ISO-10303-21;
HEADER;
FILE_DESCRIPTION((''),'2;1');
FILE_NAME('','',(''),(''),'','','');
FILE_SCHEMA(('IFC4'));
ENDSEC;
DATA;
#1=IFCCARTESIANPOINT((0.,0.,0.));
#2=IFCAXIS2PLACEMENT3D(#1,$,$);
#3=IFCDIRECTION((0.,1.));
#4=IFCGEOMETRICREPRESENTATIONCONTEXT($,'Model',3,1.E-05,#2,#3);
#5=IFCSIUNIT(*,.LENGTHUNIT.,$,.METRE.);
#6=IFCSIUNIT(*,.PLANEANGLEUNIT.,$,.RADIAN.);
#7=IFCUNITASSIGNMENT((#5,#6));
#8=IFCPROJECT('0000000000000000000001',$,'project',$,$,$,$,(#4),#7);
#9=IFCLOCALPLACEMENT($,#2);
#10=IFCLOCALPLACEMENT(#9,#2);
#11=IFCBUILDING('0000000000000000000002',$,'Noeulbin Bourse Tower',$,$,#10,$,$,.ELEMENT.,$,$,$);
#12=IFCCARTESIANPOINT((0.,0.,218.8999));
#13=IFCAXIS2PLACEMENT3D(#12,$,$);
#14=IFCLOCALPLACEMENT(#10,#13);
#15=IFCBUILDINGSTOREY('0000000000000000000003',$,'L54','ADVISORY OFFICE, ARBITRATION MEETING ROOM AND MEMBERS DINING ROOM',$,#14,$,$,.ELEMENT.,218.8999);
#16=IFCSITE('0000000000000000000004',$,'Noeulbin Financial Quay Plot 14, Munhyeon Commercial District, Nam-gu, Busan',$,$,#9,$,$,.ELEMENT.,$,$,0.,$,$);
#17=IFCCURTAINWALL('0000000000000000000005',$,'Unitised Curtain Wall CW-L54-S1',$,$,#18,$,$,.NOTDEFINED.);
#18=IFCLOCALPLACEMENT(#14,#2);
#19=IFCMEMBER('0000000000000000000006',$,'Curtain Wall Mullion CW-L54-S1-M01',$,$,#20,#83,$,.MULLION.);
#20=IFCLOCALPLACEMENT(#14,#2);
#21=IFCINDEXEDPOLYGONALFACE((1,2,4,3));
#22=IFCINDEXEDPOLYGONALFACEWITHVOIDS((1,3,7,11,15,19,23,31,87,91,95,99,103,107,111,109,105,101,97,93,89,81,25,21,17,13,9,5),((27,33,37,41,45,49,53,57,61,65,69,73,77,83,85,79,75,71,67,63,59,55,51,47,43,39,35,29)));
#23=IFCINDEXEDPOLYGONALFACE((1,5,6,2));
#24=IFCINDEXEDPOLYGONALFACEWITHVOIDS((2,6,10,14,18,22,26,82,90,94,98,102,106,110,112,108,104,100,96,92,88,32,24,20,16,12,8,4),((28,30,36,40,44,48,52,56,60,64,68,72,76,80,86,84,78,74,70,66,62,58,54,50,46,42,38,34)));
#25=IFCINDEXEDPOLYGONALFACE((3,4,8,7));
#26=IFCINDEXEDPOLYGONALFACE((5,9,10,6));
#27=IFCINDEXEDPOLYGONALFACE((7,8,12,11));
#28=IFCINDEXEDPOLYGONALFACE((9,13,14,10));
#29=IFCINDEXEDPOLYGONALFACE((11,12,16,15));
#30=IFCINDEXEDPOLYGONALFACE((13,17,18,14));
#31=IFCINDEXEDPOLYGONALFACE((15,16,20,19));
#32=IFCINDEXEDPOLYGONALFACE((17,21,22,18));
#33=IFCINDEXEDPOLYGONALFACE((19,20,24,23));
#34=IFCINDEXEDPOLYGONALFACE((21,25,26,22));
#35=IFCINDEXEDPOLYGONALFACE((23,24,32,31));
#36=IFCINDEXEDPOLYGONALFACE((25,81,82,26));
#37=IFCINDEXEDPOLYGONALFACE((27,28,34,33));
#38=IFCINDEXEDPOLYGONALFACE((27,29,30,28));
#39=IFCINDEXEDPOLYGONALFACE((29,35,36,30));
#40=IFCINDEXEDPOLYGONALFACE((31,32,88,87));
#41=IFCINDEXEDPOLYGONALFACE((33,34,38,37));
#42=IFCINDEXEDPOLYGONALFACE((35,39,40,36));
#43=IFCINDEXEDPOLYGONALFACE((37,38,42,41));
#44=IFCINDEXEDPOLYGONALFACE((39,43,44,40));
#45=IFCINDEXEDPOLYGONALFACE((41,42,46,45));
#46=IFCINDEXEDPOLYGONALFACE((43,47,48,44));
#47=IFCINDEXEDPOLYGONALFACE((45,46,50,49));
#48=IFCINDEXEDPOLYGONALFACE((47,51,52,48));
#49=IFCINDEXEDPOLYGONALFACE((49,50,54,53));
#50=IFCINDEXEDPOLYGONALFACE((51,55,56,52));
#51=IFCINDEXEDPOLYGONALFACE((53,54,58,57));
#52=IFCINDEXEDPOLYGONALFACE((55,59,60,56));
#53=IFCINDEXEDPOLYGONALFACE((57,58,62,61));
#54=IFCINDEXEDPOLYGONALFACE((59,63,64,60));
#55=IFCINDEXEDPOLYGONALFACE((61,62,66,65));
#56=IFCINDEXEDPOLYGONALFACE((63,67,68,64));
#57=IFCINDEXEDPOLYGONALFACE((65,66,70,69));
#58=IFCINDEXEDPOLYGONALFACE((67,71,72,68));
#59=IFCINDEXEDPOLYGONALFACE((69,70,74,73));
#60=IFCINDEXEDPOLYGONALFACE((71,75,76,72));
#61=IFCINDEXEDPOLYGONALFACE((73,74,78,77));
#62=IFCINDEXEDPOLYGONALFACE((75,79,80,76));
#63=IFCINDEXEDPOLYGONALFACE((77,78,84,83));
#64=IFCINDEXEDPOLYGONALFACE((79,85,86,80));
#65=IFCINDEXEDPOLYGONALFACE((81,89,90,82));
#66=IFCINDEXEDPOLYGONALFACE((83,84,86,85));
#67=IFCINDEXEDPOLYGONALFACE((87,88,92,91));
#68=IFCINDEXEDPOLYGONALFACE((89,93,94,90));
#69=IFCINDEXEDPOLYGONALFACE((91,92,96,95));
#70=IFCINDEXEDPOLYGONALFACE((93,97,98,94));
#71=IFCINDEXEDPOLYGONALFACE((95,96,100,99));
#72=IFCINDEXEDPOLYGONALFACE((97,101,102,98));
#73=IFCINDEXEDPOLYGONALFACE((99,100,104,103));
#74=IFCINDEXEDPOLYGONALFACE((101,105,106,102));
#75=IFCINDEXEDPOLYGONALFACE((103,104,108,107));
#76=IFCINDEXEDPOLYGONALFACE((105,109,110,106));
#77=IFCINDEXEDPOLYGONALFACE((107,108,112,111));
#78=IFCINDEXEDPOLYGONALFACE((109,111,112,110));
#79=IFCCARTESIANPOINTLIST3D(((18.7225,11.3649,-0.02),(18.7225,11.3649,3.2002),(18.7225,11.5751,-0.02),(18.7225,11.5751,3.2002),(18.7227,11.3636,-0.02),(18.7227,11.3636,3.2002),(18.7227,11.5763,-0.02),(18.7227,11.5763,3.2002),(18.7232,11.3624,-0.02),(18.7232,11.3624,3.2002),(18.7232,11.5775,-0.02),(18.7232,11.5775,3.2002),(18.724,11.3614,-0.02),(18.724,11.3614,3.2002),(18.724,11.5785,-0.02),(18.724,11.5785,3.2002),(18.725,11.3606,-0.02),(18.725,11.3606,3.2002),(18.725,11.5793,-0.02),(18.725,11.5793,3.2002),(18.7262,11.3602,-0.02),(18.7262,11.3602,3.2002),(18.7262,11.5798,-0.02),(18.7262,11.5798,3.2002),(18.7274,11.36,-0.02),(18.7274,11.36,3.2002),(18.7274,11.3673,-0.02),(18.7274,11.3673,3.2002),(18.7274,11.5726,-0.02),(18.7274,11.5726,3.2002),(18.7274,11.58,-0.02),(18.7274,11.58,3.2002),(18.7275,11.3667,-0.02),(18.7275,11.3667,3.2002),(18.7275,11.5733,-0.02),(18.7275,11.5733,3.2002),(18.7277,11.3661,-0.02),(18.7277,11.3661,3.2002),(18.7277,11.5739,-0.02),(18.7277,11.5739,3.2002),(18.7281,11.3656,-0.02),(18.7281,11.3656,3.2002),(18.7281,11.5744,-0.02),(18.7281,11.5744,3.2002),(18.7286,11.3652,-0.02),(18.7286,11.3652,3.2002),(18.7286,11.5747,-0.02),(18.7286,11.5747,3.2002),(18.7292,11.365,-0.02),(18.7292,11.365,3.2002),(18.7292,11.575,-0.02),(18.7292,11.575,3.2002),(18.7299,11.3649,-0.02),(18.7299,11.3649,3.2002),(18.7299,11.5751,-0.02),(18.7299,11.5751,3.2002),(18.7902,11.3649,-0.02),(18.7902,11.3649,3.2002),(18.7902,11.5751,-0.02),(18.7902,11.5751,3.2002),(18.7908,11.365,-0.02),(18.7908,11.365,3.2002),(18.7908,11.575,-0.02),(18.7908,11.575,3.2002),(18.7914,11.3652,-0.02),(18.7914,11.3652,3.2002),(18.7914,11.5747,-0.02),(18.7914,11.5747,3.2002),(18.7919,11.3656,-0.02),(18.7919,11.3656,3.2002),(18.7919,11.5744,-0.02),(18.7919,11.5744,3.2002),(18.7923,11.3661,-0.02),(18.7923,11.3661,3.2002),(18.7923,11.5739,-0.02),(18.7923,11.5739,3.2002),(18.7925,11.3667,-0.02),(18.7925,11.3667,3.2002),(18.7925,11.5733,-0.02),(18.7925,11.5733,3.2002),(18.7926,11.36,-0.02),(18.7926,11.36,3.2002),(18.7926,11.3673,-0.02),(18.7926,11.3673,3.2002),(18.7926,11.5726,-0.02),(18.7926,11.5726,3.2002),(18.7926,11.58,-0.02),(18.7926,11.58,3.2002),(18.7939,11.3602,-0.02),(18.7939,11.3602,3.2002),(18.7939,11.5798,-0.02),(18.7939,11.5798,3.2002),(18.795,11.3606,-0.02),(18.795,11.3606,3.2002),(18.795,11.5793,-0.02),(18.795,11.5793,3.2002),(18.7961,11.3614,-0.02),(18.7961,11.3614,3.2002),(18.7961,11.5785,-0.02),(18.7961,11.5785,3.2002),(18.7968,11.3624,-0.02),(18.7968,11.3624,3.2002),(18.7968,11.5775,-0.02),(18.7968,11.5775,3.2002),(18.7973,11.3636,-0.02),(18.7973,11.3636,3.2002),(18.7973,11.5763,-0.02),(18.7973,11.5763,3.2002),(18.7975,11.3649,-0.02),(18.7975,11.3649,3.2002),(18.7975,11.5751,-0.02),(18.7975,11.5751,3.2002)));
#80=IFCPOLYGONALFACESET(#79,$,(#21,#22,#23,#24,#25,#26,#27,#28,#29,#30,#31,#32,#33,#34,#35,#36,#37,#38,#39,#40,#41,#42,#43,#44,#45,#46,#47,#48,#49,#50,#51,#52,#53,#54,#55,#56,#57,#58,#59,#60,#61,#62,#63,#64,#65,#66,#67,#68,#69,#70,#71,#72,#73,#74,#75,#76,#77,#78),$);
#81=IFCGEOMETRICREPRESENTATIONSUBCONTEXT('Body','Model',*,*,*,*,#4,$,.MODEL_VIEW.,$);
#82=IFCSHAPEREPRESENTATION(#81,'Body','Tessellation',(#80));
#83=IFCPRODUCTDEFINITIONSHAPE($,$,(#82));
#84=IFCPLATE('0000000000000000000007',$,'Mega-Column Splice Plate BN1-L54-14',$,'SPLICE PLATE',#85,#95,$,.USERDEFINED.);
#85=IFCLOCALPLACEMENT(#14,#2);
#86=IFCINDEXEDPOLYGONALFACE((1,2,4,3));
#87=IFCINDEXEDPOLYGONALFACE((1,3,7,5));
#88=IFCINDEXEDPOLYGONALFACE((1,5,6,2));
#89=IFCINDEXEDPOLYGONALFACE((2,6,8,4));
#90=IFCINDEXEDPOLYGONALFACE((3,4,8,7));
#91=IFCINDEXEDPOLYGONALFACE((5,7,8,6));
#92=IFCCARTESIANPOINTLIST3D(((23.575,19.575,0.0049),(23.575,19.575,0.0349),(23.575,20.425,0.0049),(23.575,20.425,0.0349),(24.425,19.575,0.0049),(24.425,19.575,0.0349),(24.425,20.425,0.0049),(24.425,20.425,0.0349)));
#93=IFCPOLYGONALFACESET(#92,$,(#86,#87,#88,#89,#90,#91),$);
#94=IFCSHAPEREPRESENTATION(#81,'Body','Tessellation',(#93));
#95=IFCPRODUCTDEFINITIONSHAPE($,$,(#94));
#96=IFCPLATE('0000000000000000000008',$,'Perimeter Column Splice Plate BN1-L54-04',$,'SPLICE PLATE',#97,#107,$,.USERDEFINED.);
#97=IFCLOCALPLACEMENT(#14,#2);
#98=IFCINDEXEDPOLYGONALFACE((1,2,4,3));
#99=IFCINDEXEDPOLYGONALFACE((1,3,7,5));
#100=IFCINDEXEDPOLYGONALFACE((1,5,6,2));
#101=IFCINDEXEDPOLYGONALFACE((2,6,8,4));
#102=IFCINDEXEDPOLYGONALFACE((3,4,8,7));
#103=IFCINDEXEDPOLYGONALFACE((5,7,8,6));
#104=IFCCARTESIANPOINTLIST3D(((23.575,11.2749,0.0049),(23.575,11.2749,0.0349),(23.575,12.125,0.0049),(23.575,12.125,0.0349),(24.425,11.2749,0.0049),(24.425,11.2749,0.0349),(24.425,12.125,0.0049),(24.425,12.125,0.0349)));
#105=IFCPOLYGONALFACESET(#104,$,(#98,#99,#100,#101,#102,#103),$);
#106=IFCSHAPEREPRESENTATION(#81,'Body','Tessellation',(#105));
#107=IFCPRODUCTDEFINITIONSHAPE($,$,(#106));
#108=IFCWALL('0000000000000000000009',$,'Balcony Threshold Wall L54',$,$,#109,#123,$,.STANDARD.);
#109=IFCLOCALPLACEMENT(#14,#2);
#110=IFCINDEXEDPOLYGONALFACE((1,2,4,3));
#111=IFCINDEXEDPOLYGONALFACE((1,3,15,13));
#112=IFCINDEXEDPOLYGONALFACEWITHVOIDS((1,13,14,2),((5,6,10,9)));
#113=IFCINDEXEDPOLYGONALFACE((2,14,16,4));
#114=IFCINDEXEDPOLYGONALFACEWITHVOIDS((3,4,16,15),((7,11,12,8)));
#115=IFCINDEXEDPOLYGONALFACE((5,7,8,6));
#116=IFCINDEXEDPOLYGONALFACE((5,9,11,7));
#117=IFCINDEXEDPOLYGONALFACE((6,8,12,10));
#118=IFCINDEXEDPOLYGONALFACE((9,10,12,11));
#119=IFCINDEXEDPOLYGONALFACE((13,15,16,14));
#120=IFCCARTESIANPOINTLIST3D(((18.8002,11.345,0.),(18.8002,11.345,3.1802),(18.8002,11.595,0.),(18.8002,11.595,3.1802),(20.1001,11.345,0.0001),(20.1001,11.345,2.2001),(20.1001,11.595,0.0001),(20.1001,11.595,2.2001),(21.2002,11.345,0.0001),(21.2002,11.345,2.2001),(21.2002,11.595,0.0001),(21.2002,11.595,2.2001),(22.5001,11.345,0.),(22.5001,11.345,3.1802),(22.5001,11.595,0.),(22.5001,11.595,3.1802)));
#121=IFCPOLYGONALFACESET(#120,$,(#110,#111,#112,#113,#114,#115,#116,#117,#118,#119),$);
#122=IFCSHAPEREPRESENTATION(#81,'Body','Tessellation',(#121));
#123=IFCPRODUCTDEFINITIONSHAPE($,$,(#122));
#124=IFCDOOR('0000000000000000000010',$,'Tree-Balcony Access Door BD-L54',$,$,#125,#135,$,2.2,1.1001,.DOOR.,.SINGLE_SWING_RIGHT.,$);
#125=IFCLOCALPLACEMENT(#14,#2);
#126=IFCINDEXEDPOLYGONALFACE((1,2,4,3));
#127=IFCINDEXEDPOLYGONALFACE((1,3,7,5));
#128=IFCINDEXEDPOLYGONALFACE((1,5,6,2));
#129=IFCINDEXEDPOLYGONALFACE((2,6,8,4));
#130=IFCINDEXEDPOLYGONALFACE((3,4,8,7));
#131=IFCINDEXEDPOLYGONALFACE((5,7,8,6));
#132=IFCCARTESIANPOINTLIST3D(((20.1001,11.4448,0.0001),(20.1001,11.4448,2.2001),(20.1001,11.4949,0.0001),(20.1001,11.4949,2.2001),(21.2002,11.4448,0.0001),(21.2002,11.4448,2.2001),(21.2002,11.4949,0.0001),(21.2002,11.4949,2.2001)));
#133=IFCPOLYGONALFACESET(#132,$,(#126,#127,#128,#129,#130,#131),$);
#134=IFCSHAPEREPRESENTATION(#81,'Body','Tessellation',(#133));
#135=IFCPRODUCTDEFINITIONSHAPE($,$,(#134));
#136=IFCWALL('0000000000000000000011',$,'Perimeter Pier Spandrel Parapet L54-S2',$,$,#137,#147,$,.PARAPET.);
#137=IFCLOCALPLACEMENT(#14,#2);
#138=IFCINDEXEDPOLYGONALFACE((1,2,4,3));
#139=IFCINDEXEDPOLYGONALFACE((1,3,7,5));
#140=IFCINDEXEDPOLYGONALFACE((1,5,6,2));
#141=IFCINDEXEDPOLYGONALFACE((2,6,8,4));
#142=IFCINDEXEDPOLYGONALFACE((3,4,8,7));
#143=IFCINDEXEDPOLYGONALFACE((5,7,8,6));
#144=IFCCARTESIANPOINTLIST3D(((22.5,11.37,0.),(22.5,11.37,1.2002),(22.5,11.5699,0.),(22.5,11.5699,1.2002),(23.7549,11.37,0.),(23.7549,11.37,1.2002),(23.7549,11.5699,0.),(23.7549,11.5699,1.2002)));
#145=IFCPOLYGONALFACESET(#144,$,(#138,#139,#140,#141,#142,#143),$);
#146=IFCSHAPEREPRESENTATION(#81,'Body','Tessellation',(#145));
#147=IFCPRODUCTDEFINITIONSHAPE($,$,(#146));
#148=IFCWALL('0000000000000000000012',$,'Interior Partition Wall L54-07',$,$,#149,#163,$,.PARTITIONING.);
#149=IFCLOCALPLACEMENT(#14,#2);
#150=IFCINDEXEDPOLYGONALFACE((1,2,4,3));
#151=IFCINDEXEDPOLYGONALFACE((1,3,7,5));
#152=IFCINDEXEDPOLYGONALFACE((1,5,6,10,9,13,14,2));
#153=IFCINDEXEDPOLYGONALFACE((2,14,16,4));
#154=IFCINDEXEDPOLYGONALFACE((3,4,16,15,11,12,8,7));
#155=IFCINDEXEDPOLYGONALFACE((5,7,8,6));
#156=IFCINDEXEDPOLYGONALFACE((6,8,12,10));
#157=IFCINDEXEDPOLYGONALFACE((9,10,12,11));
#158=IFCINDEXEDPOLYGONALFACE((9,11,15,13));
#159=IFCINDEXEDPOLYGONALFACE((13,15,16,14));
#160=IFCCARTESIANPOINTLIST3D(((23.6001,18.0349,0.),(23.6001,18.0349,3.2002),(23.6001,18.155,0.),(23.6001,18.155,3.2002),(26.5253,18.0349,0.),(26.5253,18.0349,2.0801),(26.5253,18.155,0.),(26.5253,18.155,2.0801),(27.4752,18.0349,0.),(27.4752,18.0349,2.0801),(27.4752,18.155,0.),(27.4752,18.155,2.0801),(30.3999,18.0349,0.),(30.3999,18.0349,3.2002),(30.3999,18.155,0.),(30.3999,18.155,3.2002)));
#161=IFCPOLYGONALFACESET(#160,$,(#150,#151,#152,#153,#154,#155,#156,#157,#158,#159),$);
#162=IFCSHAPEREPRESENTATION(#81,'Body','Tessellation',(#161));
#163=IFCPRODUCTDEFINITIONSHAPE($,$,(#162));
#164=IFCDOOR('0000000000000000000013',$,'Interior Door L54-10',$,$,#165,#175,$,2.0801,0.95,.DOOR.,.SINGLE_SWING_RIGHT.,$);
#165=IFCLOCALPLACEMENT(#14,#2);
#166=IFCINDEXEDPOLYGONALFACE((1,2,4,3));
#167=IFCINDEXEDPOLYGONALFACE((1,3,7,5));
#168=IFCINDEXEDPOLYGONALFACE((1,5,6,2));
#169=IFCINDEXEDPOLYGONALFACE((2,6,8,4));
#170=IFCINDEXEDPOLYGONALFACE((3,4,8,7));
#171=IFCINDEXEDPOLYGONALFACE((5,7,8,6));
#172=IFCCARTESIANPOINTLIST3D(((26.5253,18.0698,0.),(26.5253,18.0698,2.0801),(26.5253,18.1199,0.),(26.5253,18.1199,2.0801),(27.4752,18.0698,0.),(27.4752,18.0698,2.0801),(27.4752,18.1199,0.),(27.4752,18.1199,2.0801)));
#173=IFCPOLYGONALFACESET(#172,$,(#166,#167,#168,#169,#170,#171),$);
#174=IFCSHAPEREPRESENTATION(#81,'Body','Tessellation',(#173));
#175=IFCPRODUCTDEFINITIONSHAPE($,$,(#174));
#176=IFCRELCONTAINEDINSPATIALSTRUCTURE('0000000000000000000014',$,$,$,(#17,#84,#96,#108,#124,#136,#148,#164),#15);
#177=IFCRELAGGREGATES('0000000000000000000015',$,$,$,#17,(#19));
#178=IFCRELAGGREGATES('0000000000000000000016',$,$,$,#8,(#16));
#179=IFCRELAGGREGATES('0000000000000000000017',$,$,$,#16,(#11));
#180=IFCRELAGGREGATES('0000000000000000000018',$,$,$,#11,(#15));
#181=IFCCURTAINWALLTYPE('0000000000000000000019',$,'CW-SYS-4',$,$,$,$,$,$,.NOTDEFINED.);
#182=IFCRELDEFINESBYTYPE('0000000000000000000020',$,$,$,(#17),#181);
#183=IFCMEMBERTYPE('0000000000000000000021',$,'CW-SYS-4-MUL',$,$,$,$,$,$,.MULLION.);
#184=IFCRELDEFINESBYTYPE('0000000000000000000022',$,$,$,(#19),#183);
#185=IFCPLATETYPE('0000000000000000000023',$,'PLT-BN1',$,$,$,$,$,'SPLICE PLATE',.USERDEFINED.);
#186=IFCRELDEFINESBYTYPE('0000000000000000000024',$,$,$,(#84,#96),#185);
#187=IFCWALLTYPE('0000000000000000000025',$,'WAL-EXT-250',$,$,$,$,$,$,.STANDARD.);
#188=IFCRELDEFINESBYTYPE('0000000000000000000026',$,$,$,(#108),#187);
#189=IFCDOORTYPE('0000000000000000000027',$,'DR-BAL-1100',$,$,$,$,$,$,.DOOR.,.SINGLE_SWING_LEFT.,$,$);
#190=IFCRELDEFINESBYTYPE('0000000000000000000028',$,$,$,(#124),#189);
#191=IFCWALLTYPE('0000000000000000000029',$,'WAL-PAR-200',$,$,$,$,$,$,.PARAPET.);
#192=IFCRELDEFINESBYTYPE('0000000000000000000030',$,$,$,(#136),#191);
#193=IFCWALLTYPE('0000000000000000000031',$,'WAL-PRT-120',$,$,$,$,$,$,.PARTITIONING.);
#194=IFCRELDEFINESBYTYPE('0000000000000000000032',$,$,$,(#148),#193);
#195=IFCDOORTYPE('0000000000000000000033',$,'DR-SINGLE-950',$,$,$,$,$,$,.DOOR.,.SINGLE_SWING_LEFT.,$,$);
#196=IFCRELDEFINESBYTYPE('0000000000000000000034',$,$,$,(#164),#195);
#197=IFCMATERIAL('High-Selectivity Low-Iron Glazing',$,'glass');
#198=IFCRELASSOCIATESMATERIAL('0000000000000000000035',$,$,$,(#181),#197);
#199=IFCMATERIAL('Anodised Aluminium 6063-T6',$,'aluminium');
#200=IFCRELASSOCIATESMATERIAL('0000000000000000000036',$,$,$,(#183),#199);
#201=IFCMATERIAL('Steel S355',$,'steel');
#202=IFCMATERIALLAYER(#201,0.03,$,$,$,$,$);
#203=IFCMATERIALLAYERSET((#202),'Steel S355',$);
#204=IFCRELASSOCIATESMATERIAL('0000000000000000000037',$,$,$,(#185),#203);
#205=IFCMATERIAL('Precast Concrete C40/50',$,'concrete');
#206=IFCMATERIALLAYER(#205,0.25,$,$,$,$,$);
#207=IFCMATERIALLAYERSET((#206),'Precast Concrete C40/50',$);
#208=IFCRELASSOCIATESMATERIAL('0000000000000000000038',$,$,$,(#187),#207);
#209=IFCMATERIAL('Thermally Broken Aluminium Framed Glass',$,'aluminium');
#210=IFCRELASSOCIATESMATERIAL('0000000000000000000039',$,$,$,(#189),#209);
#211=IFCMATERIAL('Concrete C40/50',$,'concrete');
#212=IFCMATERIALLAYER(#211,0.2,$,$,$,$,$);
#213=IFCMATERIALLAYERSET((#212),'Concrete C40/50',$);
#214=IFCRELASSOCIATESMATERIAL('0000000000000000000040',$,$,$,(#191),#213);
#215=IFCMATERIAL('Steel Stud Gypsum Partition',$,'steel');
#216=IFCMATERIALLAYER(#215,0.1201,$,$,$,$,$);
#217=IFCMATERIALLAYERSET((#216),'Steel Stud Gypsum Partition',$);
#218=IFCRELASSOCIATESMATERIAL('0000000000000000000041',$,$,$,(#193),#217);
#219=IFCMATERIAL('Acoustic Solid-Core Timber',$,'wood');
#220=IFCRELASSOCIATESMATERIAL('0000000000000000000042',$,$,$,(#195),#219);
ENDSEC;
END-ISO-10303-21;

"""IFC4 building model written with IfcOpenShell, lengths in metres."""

from ifc_helpers import new_model, si_unit, direction, frame, frame_2d, origin, origin_2d, place, context, subcontext, project, spatial, rectangle, hollow_rectangle, extrude, material, layer, layer_set, material_profile, profile_set, type_object, element, fill, aggregate, save


model = new_model("IFC4")

# Units and contexts
model_context = context("Model", 3, precision=1e-05, world=origin(), true_north=direction((0.0, 1.0)))
body_context = subcontext(model_context, "Body", "Model", "MODEL_VIEW")
ifc_project = project(units=[si_unit("LENGTHUNIT", "METRE"), si_unit("PLANEANGLEUNIT", "RADIAN")], contexts=[model_context])

# Site, building, storey
site_placement = place(None, origin())
site = spatial("IfcSite", under=ifc_project, at=site_placement, Name="Noeulbin Financial Quay Plot 14, Munhyeon Commercial District, Nam-gu, Busan", CompositionType="ELEMENT", RefElevation=0.0)
building_placement = place(site_placement, origin())
building = spatial("IfcBuilding", under=site, at=building_placement, Name="Noeulbin Bourse Tower", CompositionType="ELEMENT")
storey_placement = place(building_placement, frame((0.0, 0.0, 218.8999)))
storey = spatial("IfcBuildingStorey", under=building, at=storey_placement, Name="L54", Description="ADVISORY OFFICE, ARBITRATION MEETING ROOM AND MEMBERS DINING ROOM", CompositionType="ELEMENT", Elevation=218.8999)

# Shared definitions
ifc_material_1 = material(Name="Steel S355", Category="steel")

# Curtain wall, member
ifc_material_2 = material(Name="High-Selectivity Low-Iron Glazing", Category="glass")
curtain_wall_type = type_object("IfcCurtainWallType", Name="CW-SYS-4", PredefinedType="NOTDEFINED", material=ifc_material_2)
curtain_wall_placement = place(storey_placement, origin())
curtain_wall = element("IfcCurtainWall", 1, at=curtain_wall_placement, inside=storey, type_object=curtain_wall_type, Name="Unitised Curtain Wall CW-L54-S1", PredefinedType="NOTDEFINED")
ifc_material_3 = material(Name="Anodised Aluminium 6063-T6", Category="aluminium")
ifc_material_profile_1 = material_profile(ifc_material_3, hollow_rectangle(XDim=0.075, YDim=0.22, WallThickness=0.0049, InnerFilletRadius=0.0024, OuterFilletRadius=0.0049, at=origin_2d()), Name="ALU-MULL-75x220x5", Category="LoadBearing")
ifc_profile_set_1 = profile_set([ifc_material_profile_1], Name="Anodised Aluminium 6063-T6")
member_type = type_object("IfcMemberType", Name="CW-SYS-4-MUL", PredefinedType="MULLION", material=ifc_profile_set_1)
member_placement = place(storey_placement, frame((18.76, 11.47, -0.02), z_axis=(0.0, 0.0, 1.0), x_axis=(1.0, 0.0, 0.0)))
member = element("IfcMember", 2, at=member_placement, type_object=member_type, Name="Curtain Wall Mullion CW-L54-S1-M01", PredefinedType="MULLION", context=body_context, shape_type="SweptSolid", body=[
    extrude(hollow_rectangle(XDim=0.075, YDim=0.22, WallThickness=0.0049, InnerFilletRadius=0.0024, OuterFilletRadius=0.0049, at=origin_2d()), origin(), (0.0, 0.0, 1.0), 3.2202),
])
aggregate(curtain_wall, [member])

# Plates
ifc_layer_1 = layer(ifc_material_1, 0.03)
ifc_layer_set_1 = layer_set([ifc_layer_1], Name="Steel S355")
plate_type = type_object("IfcPlateType", Name="PLT-BN1", ElementType="SPLICE PLATE", PredefinedType="USERDEFINED", material=ifc_layer_set_1)
for number, where, z_axis, x_axis, name in (
    (3, (24.0, 20.0, 0.0049), (0.0, 0.0, 1.0), (1.0, 0.0, 0.0), "Mega-Column Splice Plate BN1-L54-14"),
    (4, (24.0, 11.7, 0.0049), (0.0, 0.0, 1.0), (1.0, 0.0, 0.0), "Perimeter Column Splice Plate BN1-L54-04"),
):
    element("IfcPlate", number, at=place(storey_placement, frame(where, z_axis=z_axis, x_axis=x_axis)), inside=storey, type_object=plate_type, Name=name, ObjectType="SPLICE PLATE", PredefinedType="USERDEFINED", context=body_context, shape_type="SweptSolid", body=[
        extrude(rectangle(XDim=0.8501, YDim=0.8501, at=origin_2d()), origin(), (0.0, 0.0, 1.0), 0.03),
    ])

# Wall, opening, door
ifc_material_4 = material(Name="Precast Concrete C40/50", Category="concrete")
ifc_layer_2 = layer(ifc_material_4, 0.25)
ifc_layer_set_2 = layer_set([ifc_layer_2], Name="Precast Concrete C40/50")
wall_type_1 = type_object("IfcWallType", Name="WAL-EXT-250", PredefinedType="STANDARD", material=ifc_layer_set_2)
wall_1_placement = place(storey_placement, frame((18.8, 11.47, 0.0), z_axis=(0.0, 0.0, 1.0), x_axis=(1.0, 0.0, 0.0)))
wall_1 = element("IfcWall", 5, at=wall_1_placement, inside=storey, type_object=wall_type_1, Name="Balcony Threshold Wall L54", PredefinedType="STANDARD", context=body_context, shape_type="SweptSolid", body=[
    extrude(rectangle(XDim=3.7, YDim=0.25, at=frame_2d((1.8501, 0.0))), origin(), (0.0, 0.0, 1.0), 3.1802),
])
opening_1_placement = place(wall_1_placement, frame((1.3, 0.0, 0.0)))
opening_1 = element("IfcOpeningElement", 6, at=opening_1_placement, cuts=wall_1, PredefinedType="OPENING", context=body_context, shape_type="SweptSolid", body=[
    extrude(rectangle(XDim=1.1001, YDim=2.2, at=frame_2d((0.55, 1.1001))), frame((0.0, 0.135, 0.0), z_axis=(0.0, -1.0, 0.0), x_axis=(1.0, 0.0, 0.0)), (0.0, 0.0, 1.0), 0.27),
])
ifc_material_5 = material(Name="Thermally Broken Aluminium Framed Glass", Category="aluminium")
door_type_1 = type_object("IfcDoorType", Name="DR-BAL-1100", OperationType="SINGLE_SWING_LEFT", PredefinedType="DOOR", material=ifc_material_5)
door_1_placement = place(opening_1_placement, origin())
door_1 = element("IfcDoor", 7, at=door_1_placement, inside=storey, type_object=door_type_1, Name="Tree-Balcony Access Door BD-L54", OperationType="SINGLE_SWING_RIGHT", OverallHeight=2.2, OverallWidth=1.1001, PredefinedType="DOOR", context=body_context, shape_type="SweptSolid", body=[
    extrude(rectangle(XDim=1.1001, YDim=2.2, at=frame_2d((0.55, 1.1001))), frame((0.0, 0.0249, 0.0), z_axis=(0.0, -1.0, 0.0), x_axis=(1.0, 0.0, 0.0)), (0.0, 0.0, 1.0), 0.05),
])
fill(opening_1, door_1)

# Wall
ifc_material_6 = material(Name="Concrete C40/50", Category="concrete")
ifc_layer_3 = layer(ifc_material_6, 0.2)
ifc_layer_set_3 = layer_set([ifc_layer_3], Name="Concrete C40/50")
wall_type_2 = type_object("IfcWallType", Name="WAL-PAR-200", PredefinedType="PARAPET", material=ifc_layer_set_3)
wall_2_placement = place(storey_placement, frame((22.5, 11.47, 0.0), z_axis=(0.0, 0.0, 1.0), x_axis=(1.0, 0.0, 0.0)))
element("IfcWall", 8, at=wall_2_placement, inside=storey, type_object=wall_type_2, Name="Perimeter Pier Spandrel Parapet L54-S2", PredefinedType="PARAPET", context=body_context, shape_type="SweptSolid", body=[
    extrude(rectangle(XDim=1.2549, YDim=0.2, at=frame_2d((0.6274, 0.0))), origin(), (0.0, 0.0, 1.0), 1.2002),
])

# Wall, opening, door
ifc_material_7 = material(Name="Steel Stud Gypsum Partition", Category="steel")
ifc_layer_4 = layer(ifc_material_7, 0.1201)
ifc_layer_set_4 = layer_set([ifc_layer_4], Name="Steel Stud Gypsum Partition")
wall_type_3 = type_object("IfcWallType", Name="WAL-PRT-120", PredefinedType="PARTITIONING", material=ifc_layer_set_4)
wall_3_placement = place(storey_placement, frame((23.6001, 18.095, 0.0), z_axis=(0.0, 0.0, 1.0), x_axis=(1.0, 0.0, 0.0)))
wall_3 = element("IfcWall", 9, at=wall_3_placement, inside=storey, type_object=wall_type_3, Name="Interior Partition Wall L54-07", PredefinedType="PARTITIONING", context=body_context, shape_type="SweptSolid", body=[
    extrude(rectangle(XDim=6.7998, YDim=0.1201, at=frame_2d((3.3999, 0.0))), origin(), (0.0, 0.0, 1.0), 3.2002),
])
opening_2_placement = place(wall_3_placement, frame((2.925, 0.0, 0.0)))
opening_2 = element("IfcOpeningElement", 10, at=opening_2_placement, cuts=wall_3, PredefinedType="OPENING", context=body_context, shape_type="SweptSolid", body=[
    extrude(rectangle(XDim=0.95, YDim=2.0801, at=frame_2d((0.4751, 1.04))), frame((0.0, 0.0701, 0.0), z_axis=(0.0, -1.0, 0.0), x_axis=(1.0, 0.0, 0.0)), (0.0, 0.0, 1.0), 0.1401),
])
ifc_material_8 = material(Name="Acoustic Solid-Core Timber", Category="wood")
door_type_2 = type_object("IfcDoorType", Name="DR-SINGLE-950", OperationType="SINGLE_SWING_LEFT", PredefinedType="DOOR", material=ifc_material_8)
door_2_placement = place(opening_2_placement, origin())
door_2 = element("IfcDoor", 11, at=door_2_placement, inside=storey, type_object=door_type_2, Name="Interior Door L54-10", OperationType="SINGLE_SWING_RIGHT", OverallHeight=2.0801, OverallWidth=0.95, PredefinedType="DOOR", context=body_context, shape_type="SweptSolid", body=[
    extrude(rectangle(XDim=0.95, YDim=2.0801, at=frame_2d((0.4751, 1.04))), frame((0.0, 0.0249, 0.0), z_axis=(0.0, -1.0, 0.0), x_axis=(1.0, 0.0, 0.0)), (0.0, 0.0, 1.0), 0.05),
])
fill(opening_2, door_2)

save(model, "model.ifc")
